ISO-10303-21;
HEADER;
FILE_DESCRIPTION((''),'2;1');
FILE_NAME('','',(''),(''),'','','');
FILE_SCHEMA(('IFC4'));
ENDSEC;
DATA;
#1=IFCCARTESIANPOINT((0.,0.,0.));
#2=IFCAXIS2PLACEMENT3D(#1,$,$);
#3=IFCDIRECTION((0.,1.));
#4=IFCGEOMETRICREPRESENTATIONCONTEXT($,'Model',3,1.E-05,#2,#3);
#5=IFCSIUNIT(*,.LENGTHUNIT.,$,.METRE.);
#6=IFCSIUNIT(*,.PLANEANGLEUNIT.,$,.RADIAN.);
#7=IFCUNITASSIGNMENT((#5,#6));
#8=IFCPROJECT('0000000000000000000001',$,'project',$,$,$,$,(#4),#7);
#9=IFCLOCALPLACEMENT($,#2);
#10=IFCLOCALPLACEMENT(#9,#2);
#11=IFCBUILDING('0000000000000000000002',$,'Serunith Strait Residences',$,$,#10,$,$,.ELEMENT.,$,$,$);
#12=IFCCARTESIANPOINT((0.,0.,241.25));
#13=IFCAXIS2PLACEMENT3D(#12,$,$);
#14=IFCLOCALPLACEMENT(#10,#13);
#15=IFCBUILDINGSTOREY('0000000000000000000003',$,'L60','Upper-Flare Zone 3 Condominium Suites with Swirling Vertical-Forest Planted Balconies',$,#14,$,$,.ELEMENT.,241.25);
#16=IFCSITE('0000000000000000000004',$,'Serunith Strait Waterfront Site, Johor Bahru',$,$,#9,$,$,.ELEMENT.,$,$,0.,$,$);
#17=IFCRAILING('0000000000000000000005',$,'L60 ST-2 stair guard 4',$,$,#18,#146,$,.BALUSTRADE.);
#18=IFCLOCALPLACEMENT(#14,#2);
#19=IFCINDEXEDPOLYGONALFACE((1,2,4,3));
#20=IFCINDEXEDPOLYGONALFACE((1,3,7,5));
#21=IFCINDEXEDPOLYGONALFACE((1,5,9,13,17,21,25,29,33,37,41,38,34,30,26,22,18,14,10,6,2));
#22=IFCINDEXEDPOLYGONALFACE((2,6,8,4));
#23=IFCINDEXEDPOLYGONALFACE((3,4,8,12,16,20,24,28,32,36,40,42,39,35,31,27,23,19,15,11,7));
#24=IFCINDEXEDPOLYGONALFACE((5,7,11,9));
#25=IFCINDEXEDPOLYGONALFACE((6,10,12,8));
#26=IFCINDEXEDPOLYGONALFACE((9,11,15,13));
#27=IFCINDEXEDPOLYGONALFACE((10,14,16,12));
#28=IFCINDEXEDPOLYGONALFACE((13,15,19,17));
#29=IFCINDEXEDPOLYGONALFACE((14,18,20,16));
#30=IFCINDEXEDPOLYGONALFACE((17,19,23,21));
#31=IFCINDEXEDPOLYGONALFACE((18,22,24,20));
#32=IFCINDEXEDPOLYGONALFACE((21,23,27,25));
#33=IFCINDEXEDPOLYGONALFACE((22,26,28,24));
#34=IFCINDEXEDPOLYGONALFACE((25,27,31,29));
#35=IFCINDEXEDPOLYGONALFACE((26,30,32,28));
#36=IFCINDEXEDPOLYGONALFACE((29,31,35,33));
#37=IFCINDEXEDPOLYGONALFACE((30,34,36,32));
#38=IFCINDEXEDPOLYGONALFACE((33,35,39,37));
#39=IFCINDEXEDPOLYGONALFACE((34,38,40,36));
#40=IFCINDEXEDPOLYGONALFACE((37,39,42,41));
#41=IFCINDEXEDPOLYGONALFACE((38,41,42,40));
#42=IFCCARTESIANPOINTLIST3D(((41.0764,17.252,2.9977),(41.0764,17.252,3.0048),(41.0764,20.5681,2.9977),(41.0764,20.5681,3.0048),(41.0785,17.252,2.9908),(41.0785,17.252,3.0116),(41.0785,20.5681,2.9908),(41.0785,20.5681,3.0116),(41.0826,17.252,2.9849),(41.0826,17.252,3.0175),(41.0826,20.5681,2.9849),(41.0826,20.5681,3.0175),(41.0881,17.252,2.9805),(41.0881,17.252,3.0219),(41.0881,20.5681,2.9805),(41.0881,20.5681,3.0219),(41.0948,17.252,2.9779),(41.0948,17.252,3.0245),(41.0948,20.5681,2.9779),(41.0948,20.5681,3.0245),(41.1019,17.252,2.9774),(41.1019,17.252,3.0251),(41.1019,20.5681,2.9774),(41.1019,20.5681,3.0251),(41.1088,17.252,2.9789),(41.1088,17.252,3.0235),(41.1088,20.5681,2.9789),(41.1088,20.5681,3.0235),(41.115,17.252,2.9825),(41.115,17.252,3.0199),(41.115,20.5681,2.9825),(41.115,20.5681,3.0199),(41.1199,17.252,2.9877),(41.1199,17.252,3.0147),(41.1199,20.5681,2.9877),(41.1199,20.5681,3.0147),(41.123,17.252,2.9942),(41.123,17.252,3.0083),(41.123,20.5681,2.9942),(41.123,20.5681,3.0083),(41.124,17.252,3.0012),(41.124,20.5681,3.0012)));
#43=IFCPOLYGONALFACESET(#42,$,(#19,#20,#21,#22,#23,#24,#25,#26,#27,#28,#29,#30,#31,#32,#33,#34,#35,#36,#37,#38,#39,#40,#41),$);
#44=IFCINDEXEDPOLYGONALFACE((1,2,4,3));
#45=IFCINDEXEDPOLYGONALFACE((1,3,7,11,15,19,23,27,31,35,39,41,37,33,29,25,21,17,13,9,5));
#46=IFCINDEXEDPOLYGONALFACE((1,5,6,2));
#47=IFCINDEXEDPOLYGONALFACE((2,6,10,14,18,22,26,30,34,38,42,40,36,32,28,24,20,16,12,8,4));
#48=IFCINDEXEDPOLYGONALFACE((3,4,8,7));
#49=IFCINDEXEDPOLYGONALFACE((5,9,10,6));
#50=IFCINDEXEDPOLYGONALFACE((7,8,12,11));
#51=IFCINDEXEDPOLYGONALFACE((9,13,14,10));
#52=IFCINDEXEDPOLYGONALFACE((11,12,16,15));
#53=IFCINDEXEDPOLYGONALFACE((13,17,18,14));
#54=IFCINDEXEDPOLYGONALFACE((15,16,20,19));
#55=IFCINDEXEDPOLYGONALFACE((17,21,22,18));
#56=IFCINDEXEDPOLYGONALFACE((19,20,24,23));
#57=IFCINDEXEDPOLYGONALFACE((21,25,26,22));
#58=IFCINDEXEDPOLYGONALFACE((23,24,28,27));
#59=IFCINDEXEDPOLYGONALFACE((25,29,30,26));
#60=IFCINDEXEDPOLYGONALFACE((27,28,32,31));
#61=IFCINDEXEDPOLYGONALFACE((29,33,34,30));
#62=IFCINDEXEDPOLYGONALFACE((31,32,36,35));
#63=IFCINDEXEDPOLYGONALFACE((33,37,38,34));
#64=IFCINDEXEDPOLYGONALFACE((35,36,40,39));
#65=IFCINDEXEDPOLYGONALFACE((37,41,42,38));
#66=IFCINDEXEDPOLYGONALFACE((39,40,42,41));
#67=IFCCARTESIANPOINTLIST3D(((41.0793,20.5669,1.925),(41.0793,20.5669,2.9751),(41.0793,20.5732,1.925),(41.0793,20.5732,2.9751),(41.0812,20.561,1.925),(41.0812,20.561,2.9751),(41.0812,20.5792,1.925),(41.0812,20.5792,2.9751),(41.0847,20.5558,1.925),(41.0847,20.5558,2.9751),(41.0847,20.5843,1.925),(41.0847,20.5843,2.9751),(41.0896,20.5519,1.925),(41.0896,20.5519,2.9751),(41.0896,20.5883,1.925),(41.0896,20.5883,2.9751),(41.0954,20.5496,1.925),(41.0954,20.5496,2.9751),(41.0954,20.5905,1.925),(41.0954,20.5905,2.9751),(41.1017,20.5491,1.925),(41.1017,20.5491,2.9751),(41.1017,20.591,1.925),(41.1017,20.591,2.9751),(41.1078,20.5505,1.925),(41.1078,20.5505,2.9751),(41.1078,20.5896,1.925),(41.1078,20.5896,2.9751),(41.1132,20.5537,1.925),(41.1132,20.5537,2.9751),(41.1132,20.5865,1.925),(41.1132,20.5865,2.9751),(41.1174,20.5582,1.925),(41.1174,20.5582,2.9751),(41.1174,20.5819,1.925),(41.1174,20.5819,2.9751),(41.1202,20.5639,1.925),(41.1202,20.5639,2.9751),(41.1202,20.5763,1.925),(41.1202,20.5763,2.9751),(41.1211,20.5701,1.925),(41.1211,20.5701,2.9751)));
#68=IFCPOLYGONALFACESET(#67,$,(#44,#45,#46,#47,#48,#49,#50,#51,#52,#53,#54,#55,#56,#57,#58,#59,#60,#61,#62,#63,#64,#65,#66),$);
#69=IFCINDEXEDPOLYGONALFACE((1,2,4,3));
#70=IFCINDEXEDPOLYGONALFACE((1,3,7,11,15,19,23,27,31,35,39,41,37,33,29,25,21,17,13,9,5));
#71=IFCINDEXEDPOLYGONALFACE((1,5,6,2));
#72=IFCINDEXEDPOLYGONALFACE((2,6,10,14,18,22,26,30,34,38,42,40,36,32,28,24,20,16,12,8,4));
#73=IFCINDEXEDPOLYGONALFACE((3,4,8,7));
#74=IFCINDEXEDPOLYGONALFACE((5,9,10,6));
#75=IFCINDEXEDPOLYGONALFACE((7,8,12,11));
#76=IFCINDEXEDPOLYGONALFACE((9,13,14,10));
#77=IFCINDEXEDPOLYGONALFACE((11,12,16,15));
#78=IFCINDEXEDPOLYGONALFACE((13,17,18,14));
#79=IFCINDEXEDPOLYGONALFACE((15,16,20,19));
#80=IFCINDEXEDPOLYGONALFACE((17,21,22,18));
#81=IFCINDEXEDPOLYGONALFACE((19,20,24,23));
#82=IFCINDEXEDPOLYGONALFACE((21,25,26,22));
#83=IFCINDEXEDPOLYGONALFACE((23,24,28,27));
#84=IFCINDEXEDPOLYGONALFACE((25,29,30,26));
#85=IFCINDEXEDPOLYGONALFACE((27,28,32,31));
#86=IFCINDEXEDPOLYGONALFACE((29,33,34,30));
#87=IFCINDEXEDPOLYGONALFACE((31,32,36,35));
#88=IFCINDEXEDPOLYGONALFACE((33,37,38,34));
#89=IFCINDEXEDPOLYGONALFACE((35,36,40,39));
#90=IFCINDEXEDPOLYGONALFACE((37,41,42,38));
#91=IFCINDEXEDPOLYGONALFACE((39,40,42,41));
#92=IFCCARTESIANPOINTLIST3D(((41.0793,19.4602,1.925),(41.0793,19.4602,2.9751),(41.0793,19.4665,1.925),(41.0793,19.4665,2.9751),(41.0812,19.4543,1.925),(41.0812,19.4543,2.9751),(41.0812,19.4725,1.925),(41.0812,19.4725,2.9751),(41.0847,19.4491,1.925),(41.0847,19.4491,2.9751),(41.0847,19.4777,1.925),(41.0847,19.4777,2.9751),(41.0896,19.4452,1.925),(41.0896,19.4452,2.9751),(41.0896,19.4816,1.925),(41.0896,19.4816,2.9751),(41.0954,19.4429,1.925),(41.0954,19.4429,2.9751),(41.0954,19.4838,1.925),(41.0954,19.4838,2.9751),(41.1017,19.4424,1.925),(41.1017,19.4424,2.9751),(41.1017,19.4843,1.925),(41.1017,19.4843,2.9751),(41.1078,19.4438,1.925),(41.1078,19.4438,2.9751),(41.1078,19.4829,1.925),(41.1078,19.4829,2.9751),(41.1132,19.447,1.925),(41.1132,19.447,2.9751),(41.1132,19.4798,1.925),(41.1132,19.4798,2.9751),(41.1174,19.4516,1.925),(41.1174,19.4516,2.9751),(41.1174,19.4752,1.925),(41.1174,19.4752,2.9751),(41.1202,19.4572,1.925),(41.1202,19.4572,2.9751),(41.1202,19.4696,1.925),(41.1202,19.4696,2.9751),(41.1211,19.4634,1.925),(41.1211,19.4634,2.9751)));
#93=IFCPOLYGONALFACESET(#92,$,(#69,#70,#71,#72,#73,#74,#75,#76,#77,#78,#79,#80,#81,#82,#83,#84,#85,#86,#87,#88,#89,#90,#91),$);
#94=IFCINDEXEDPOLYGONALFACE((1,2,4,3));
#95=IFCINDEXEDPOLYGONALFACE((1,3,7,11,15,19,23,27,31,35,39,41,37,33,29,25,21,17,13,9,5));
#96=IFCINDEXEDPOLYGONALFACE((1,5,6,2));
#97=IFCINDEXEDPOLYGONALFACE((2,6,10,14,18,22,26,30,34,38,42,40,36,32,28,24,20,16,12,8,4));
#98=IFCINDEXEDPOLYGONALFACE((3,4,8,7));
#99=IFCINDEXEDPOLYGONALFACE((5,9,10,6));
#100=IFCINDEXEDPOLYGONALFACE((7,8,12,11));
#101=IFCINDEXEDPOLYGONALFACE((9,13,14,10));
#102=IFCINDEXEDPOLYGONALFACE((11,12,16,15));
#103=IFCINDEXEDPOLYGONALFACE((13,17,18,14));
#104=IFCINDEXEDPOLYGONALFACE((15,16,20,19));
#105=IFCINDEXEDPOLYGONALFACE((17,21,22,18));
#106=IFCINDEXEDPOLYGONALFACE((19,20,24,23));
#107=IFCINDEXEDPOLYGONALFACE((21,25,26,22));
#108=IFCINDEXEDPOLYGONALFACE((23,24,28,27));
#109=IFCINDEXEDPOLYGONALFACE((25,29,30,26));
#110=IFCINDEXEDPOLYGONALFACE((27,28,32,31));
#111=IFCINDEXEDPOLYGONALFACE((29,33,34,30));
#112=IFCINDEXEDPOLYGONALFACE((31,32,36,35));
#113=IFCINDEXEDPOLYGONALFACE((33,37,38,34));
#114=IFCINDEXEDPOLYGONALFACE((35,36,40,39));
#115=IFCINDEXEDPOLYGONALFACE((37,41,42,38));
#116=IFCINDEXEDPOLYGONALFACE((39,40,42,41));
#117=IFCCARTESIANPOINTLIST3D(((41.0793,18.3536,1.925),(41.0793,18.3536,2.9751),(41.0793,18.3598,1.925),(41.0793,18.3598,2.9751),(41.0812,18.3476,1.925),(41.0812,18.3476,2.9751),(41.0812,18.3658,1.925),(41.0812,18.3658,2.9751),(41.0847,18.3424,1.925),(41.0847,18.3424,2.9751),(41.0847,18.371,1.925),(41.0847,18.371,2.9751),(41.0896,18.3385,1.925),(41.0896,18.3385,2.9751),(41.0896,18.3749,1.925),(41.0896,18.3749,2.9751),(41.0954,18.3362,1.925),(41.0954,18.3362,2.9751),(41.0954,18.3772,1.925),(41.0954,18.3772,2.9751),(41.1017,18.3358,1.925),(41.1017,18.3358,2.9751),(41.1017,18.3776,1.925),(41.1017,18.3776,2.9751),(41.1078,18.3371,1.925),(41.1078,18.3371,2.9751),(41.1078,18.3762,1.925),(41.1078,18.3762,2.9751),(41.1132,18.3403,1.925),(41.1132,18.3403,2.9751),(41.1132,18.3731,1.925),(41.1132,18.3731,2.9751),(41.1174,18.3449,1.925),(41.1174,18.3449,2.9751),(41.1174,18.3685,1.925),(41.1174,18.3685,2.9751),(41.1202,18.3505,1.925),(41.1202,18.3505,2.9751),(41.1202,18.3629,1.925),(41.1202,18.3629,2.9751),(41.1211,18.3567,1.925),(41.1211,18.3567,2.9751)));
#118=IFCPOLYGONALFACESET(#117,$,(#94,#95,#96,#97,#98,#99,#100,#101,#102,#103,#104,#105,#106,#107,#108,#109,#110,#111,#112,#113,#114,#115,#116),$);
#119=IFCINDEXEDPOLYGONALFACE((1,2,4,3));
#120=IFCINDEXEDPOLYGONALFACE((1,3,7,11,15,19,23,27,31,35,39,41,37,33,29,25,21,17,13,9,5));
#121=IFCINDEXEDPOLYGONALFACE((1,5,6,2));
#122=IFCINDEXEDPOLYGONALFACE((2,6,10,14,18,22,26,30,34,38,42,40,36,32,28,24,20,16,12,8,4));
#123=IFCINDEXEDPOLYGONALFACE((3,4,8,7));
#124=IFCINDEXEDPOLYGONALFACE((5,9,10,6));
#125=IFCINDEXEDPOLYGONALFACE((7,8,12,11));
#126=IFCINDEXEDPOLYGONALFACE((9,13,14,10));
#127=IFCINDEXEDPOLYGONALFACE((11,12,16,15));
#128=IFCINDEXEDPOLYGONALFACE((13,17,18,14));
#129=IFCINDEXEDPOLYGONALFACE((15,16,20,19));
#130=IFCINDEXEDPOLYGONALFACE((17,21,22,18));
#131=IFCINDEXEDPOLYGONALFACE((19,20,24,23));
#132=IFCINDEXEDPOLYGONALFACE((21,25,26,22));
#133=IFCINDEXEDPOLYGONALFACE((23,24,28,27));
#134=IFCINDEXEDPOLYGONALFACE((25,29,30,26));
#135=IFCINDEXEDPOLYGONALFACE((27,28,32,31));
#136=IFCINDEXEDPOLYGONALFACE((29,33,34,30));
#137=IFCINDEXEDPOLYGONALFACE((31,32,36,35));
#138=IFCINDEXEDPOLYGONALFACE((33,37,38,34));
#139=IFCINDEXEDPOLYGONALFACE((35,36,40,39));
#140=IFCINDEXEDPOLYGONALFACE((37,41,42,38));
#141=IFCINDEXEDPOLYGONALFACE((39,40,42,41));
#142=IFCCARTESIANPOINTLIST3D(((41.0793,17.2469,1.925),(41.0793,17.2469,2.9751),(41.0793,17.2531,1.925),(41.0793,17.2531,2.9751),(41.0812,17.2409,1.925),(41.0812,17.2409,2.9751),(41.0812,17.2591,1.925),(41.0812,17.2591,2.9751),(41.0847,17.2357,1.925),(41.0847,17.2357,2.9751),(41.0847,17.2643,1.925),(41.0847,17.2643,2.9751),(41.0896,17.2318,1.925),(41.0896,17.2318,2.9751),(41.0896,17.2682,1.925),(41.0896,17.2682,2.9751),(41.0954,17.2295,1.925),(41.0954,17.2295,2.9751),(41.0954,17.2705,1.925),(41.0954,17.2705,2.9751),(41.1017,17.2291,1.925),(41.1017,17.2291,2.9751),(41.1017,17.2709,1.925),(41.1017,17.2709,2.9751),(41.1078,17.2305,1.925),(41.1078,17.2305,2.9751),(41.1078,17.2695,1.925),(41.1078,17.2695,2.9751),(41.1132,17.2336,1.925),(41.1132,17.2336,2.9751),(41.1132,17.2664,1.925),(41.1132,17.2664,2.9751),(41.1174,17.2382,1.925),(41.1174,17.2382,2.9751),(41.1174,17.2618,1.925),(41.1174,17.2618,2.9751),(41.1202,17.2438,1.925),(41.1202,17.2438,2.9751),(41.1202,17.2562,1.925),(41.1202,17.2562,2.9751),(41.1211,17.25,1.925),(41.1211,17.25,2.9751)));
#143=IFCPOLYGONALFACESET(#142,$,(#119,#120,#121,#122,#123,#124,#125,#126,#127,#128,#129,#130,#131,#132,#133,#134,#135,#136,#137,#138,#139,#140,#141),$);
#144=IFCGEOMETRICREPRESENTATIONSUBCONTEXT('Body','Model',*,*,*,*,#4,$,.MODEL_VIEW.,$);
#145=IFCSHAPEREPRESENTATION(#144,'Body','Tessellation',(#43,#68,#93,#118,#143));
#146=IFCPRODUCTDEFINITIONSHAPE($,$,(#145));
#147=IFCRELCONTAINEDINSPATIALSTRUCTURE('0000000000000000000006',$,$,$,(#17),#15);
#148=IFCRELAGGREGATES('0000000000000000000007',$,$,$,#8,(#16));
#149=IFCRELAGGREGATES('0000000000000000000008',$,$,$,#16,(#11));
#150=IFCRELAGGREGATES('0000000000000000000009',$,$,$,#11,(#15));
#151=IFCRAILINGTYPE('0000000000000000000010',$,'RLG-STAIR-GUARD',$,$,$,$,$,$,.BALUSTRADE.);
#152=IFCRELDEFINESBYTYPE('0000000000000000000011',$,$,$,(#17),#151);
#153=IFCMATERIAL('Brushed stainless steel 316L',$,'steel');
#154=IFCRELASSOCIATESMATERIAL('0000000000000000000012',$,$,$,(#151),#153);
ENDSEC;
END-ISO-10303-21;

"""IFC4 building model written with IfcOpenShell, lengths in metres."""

from ifc_helpers import new_model, si_unit, direction, frame, origin, origin_2d, place, context, subcontext, project, spatial, circle, extrude, material, type_object, element, save


model = new_model("IFC4")

# Units and contexts
model_context = context("Model", 3, precision=1e-05, world=origin(), true_north=direction((0.0, 1.0)))
body_context = subcontext(model_context, "Body", "Model", "MODEL_VIEW")
ifc_project = project(units=[si_unit("LENGTHUNIT", "METRE"), si_unit("PLANEANGLEUNIT", "RADIAN")], contexts=[model_context])

# Site, building, storey
site_placement = place(None, origin())
site = spatial("IfcSite", under=ifc_project, at=site_placement, Name="Serunith Strait Waterfront Site, Johor Bahru", CompositionType="ELEMENT", RefElevation=0.0)
building_placement = place(site_placement, origin())
building = spatial("IfcBuilding", under=site, at=building_placement, Name="Serunith Strait Residences", CompositionType="ELEMENT")
storey_placement = place(building_placement, frame((0.0, 0.0, 241.25)))
storey = spatial("IfcBuildingStorey", under=building, at=storey_placement, Name="L60", Description="Upper-Flare Zone 3 Condominium Suites with Swirling Vertical-Forest Planted Balconies", CompositionType="ELEMENT", Elevation=241.25)

# Railing
ifc_material_1 = material(Name="Brushed stainless steel 316L", Category="steel")
railing_type_1 = type_object("IfcRailingType", Name="RLG-STAIR-GUARD", PredefinedType="BALUSTRADE", material=ifc_material_1)
for number, where, name in (
    (1, (41.1001, 20.5701, 1.925), "L60 ST-2 stair guard 4"),
):
    element("IfcRailing", number, at=place(storey_placement, frame(where)), inside=storey, type_object=railing_type_1, Name=name, PredefinedType="BALUSTRADE", context=body_context, shape_type="SweptSolid", body=[
        extrude(circle(Radius=0.0239, at=origin_2d()), frame((0.0, -0.002, 1.0762), z_axis=(0.0, -1.0, 0.0), x_axis=(1.0, 0.0, 0.0)), (0.0, 0.0, 1.0), 3.3162),
        extrude(circle(Radius=0.021, at=origin_2d()), origin(), (0.0, 0.0, 1.0), 1.05),
        extrude(circle(Radius=0.021, at=origin_2d()), frame((0.0, -1.1067, 0.0)), (0.0, 0.0, 1.0), 1.05),
        extrude(circle(Radius=0.021, at=origin_2d()), frame((0.0, -2.2134, 0.0)), (0.0, 0.0, 1.0), 1.05),
        extrude(circle(Radius=0.021, at=origin_2d()), frame((0.0, -3.3201, 0.0)), (0.0, 0.0, 1.0), 1.05),
    ])

save(model, "model.ifc")
